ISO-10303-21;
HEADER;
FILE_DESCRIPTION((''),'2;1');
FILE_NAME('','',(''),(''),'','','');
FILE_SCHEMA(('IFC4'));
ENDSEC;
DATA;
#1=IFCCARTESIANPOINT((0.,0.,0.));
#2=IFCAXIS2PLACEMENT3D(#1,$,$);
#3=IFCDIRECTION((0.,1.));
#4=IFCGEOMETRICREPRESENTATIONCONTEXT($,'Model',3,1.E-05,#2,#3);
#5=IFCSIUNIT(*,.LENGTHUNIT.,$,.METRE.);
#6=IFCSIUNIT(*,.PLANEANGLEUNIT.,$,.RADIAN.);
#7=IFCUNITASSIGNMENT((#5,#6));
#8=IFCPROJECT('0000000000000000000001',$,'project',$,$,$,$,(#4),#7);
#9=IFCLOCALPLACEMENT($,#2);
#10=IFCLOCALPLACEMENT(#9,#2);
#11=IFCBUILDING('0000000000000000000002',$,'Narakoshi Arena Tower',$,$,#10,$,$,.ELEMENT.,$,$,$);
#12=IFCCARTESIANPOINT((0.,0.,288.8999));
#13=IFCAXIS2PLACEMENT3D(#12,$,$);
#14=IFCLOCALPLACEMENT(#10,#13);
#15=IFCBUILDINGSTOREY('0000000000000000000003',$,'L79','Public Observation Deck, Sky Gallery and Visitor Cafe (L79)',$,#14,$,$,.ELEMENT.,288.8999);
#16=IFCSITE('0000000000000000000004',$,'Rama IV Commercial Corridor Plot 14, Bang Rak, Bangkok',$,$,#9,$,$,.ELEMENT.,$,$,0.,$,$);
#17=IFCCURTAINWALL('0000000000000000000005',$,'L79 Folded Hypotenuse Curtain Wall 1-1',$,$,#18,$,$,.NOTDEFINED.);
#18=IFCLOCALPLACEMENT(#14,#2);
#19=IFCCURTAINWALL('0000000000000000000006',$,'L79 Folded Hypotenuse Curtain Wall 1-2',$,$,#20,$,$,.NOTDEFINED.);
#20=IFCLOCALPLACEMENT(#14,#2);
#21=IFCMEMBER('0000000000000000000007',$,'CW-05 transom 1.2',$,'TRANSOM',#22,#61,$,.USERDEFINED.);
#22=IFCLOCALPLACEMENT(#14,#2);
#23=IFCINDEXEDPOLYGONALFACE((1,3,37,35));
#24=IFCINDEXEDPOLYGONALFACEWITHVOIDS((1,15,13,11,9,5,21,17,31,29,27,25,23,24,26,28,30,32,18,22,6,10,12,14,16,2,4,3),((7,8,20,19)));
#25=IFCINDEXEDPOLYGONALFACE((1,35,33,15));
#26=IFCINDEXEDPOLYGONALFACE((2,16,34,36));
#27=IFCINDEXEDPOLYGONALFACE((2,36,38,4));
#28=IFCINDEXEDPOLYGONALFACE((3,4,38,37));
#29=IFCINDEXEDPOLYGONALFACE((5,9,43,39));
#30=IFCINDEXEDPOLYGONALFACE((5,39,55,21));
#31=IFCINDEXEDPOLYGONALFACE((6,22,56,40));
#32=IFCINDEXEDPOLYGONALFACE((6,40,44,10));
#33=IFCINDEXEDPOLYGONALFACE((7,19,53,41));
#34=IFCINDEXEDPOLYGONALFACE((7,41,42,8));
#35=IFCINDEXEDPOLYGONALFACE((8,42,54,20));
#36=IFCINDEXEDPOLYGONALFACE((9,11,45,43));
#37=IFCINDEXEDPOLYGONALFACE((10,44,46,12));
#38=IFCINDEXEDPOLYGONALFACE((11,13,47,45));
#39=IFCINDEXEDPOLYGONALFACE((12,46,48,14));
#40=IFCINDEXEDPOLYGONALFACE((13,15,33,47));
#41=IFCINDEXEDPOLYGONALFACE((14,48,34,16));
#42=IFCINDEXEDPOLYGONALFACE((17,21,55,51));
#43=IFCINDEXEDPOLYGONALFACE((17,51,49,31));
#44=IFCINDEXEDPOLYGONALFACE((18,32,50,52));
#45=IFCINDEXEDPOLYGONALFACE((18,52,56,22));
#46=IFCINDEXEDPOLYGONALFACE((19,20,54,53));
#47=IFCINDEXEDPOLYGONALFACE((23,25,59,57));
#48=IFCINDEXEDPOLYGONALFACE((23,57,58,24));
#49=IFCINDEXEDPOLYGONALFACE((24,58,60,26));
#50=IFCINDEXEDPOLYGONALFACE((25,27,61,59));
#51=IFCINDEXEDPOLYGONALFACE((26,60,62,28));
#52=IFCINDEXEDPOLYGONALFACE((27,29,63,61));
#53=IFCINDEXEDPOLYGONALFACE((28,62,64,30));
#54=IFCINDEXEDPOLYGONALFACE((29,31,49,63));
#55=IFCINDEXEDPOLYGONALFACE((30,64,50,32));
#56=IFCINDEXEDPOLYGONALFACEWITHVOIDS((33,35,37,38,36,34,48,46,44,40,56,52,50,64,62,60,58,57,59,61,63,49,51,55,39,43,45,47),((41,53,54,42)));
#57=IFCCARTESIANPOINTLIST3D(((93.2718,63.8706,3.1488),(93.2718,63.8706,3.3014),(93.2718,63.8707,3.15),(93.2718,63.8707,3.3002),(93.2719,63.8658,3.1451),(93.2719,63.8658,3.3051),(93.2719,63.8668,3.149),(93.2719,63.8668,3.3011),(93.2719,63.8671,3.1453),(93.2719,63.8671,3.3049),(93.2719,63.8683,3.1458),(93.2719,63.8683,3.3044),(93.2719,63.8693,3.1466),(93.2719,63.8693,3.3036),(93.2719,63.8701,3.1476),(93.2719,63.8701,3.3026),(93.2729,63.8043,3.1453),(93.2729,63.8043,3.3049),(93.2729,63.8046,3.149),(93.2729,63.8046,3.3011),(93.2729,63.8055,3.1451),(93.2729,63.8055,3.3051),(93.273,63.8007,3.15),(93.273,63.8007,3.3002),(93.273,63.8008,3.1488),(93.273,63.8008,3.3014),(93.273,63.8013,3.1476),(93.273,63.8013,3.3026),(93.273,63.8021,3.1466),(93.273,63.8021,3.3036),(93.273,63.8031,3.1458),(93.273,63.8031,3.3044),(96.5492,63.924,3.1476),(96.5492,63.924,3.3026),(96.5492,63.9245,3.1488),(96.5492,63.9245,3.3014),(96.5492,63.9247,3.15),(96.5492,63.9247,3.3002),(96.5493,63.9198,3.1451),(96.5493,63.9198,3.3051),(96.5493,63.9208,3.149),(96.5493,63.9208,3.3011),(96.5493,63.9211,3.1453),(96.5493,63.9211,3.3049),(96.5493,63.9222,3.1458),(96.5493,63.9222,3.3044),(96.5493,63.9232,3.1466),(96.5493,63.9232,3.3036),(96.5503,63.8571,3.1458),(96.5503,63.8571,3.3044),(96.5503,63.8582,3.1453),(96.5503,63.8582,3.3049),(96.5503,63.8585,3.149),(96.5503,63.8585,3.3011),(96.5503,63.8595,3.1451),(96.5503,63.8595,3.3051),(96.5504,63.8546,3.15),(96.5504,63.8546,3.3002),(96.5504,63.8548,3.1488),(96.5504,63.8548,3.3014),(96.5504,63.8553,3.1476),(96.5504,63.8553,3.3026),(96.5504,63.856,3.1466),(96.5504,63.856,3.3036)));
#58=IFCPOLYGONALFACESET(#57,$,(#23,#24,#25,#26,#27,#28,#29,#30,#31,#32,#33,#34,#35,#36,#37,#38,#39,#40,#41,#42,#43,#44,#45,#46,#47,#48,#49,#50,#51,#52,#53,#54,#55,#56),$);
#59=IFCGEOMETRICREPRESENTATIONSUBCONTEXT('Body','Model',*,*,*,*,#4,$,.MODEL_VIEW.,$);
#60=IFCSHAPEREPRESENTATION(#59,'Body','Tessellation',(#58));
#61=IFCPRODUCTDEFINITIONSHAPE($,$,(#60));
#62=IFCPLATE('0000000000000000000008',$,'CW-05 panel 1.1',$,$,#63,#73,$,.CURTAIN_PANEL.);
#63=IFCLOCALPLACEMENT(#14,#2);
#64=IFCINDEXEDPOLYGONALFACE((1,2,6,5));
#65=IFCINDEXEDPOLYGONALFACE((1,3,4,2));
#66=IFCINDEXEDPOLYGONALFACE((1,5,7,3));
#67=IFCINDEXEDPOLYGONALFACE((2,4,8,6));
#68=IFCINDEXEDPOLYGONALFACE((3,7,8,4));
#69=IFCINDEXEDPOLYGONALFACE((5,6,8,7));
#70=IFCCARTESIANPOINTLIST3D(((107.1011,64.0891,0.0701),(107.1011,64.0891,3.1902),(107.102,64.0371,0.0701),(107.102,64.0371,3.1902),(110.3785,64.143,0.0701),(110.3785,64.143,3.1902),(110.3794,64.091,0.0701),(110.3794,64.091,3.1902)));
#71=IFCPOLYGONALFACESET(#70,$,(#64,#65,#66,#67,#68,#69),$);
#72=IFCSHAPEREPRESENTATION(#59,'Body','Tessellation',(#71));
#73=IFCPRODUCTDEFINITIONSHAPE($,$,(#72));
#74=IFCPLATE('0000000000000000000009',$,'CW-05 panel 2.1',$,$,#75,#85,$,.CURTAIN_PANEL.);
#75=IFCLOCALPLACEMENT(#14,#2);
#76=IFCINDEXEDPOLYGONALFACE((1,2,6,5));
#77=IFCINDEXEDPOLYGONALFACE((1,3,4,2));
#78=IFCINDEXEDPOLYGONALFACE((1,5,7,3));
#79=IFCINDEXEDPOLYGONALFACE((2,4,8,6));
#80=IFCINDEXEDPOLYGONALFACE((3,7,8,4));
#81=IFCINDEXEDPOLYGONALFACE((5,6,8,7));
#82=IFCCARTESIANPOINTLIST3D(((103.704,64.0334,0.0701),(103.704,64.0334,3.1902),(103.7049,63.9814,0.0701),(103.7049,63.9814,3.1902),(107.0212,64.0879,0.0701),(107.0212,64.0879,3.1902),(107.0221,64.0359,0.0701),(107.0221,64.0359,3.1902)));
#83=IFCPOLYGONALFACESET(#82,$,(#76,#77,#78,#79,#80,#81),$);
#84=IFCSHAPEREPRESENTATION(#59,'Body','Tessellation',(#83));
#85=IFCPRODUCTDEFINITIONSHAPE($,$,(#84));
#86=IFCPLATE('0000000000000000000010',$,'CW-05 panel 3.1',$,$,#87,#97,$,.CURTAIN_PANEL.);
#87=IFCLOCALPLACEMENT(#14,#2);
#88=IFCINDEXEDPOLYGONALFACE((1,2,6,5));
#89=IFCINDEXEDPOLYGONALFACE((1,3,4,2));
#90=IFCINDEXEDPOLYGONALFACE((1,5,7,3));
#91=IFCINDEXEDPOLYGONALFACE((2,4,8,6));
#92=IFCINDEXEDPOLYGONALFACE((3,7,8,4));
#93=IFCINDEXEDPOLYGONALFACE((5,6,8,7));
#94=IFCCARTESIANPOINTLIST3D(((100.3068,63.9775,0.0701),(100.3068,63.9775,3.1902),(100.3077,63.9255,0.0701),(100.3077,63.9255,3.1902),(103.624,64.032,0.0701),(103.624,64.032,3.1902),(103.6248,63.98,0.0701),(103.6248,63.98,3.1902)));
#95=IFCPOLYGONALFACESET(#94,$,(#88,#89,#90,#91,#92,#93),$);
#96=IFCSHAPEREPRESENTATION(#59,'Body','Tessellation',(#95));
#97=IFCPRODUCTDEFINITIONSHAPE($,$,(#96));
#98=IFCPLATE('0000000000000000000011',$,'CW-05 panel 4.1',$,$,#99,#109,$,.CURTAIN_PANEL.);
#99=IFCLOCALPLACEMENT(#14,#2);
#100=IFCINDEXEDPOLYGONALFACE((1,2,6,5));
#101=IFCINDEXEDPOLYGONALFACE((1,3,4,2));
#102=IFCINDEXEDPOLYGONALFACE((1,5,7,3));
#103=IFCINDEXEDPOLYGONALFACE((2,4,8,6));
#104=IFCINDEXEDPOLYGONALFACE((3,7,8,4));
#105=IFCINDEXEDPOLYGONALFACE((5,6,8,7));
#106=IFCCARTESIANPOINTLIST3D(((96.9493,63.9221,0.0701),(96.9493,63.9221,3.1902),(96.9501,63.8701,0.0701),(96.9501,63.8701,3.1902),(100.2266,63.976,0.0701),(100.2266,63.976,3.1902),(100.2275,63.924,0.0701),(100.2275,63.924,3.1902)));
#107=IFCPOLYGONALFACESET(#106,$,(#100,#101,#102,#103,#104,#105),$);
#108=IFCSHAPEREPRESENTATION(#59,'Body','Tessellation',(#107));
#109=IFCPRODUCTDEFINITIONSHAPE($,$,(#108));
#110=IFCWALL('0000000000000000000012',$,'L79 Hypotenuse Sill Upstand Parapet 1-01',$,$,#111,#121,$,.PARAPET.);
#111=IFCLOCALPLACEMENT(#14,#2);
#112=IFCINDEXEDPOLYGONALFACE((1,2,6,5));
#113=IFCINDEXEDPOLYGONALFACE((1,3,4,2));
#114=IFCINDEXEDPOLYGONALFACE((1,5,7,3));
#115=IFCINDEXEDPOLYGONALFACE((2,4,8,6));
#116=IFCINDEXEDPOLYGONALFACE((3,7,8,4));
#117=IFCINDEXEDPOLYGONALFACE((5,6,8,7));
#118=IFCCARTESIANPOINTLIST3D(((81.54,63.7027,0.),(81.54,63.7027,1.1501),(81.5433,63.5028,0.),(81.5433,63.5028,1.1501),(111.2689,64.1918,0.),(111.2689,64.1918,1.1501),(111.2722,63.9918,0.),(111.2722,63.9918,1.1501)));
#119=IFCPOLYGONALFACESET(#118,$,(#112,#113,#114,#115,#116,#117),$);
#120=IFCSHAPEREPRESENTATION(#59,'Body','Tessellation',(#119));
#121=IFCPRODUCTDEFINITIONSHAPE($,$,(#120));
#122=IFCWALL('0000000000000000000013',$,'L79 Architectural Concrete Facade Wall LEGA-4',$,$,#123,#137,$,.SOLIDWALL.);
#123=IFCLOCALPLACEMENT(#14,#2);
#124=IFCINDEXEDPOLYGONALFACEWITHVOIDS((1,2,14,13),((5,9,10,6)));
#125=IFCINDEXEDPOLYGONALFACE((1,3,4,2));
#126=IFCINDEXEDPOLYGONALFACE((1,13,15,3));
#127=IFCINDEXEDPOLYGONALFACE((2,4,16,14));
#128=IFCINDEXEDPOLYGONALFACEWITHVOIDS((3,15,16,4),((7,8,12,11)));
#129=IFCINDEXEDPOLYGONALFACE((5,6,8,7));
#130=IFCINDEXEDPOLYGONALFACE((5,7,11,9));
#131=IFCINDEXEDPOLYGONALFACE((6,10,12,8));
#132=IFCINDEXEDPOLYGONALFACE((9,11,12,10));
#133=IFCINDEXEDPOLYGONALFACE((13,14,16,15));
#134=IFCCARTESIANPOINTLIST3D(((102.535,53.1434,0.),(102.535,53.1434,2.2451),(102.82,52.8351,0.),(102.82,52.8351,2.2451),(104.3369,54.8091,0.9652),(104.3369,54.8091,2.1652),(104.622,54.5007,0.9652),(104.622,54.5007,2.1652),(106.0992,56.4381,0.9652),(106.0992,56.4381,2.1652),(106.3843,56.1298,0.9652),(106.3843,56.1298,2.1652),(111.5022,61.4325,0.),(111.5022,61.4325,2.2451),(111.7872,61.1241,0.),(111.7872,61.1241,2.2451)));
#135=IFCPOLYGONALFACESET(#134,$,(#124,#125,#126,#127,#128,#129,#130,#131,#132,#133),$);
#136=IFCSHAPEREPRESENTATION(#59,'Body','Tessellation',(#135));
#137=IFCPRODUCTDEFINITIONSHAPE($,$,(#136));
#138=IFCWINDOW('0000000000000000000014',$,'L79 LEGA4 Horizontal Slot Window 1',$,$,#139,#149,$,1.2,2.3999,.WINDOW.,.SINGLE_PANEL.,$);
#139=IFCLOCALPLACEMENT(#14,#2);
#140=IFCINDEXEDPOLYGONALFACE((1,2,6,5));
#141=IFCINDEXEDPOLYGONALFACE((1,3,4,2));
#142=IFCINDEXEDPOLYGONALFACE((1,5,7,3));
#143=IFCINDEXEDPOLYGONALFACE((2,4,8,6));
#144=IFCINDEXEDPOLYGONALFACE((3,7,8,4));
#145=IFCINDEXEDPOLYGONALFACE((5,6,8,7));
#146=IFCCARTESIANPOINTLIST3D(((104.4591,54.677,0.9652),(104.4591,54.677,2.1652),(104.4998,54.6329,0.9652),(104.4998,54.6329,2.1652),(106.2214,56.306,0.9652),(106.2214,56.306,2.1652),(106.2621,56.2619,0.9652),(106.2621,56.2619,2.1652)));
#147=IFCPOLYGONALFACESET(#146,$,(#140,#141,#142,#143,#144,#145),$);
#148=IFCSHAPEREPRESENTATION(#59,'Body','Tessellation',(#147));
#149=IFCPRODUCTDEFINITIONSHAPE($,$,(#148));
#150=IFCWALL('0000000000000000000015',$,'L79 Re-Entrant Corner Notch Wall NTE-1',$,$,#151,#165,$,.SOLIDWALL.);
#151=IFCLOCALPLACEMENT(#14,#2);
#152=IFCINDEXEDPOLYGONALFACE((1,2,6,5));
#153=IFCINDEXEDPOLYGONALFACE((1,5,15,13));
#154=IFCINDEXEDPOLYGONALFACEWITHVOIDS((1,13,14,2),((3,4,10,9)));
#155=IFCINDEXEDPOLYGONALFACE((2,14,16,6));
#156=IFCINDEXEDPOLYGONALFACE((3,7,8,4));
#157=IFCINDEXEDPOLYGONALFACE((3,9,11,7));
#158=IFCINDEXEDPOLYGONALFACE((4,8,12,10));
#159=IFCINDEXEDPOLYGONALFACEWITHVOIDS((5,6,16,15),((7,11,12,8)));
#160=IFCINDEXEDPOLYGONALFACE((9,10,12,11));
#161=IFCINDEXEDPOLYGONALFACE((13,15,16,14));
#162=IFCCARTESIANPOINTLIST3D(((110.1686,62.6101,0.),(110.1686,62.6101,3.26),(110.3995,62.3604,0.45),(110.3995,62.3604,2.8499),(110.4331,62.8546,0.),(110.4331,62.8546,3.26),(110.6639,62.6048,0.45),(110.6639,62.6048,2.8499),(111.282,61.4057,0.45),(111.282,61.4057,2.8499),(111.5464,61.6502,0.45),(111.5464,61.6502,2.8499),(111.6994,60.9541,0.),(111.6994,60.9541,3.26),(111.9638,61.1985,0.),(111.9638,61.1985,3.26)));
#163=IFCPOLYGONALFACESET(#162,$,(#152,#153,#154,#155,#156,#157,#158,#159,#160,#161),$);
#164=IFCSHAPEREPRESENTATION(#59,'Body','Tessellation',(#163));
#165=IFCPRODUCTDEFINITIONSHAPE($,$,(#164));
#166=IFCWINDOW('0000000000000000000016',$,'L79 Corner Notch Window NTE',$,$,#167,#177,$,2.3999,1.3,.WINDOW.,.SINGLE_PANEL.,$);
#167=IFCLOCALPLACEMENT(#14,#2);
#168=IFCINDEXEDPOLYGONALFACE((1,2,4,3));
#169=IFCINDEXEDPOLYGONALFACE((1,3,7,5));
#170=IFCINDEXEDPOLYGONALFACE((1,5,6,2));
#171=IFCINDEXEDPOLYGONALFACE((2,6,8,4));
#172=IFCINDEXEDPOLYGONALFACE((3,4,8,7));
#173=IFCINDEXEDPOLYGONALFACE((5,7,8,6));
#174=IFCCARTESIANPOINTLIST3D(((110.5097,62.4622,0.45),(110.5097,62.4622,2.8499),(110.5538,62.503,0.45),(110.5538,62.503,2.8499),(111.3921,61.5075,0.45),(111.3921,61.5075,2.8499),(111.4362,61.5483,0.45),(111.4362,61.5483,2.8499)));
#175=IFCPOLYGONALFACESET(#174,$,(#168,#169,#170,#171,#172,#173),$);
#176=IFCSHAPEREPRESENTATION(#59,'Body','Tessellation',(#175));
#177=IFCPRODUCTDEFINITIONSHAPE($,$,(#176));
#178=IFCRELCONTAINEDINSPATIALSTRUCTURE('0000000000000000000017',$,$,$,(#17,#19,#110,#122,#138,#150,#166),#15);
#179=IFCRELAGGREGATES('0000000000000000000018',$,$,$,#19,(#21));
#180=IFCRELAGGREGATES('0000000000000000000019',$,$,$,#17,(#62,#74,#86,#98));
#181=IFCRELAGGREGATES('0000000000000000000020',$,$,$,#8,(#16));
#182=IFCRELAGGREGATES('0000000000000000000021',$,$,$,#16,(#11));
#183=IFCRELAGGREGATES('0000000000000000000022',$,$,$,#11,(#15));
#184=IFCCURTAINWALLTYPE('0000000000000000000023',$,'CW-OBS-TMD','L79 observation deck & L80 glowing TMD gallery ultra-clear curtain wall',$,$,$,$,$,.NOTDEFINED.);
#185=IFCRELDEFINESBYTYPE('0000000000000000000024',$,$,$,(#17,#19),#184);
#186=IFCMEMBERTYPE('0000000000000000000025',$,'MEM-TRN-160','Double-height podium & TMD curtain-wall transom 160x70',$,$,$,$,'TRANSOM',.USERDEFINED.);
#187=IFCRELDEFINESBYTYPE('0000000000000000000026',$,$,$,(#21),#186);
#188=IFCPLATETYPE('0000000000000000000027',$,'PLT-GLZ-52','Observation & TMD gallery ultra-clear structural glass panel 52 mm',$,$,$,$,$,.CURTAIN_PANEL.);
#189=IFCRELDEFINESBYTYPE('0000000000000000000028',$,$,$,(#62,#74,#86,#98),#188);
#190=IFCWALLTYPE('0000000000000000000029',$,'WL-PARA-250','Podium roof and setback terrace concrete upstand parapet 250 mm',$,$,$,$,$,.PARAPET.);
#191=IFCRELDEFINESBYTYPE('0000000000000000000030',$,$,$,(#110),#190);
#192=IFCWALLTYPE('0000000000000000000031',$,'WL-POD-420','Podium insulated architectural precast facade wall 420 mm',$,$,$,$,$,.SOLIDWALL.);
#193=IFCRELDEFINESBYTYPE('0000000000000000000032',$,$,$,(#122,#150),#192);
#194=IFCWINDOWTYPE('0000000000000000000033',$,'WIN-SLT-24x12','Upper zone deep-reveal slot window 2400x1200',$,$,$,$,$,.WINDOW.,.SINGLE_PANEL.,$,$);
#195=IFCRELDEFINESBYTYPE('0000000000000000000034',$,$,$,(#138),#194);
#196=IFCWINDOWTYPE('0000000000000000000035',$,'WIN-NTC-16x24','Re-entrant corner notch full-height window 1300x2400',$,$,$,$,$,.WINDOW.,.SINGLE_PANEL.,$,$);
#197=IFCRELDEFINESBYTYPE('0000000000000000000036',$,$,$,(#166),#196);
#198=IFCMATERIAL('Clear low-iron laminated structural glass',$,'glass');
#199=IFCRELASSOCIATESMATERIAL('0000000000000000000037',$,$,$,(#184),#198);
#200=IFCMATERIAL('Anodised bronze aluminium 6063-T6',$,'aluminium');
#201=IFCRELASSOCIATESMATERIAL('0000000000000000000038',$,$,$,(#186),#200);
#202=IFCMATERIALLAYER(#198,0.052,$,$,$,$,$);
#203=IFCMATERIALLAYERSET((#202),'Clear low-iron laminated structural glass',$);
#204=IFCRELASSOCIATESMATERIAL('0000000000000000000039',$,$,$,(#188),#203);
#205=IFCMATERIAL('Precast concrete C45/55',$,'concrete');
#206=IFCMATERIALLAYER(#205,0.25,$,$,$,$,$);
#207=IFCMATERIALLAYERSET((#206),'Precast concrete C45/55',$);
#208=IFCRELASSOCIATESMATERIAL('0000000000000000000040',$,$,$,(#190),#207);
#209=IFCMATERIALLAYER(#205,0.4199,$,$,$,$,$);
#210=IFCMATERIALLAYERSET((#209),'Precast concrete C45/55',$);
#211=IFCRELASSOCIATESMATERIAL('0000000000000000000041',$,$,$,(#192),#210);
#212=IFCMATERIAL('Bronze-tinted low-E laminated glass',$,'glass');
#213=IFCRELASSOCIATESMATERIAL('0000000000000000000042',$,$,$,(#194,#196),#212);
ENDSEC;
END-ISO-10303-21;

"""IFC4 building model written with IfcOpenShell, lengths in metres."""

from ifc_helpers import new_model, si_unit, direction, frame, frame_2d, origin, origin_2d, place, context, subcontext, project, spatial, rectangle, hollow_rectangle, extrude, material, layer, layer_set, material_profile, profile_set, type_object, element, fill, aggregate, save


model = new_model("IFC4")

# Units and contexts
model_context = context("Model", 3, precision=1e-05, world=origin(), true_north=direction((0.0, 1.0)))
body_context = subcontext(model_context, "Body", "Model", "MODEL_VIEW")
ifc_project = project(units=[si_unit("LENGTHUNIT", "METRE"), si_unit("PLANEANGLEUNIT", "RADIAN")], contexts=[model_context])

# Site, building, storey
site_placement = place(None, origin())
site = spatial("IfcSite", under=ifc_project, at=site_placement, Name="Rama IV Commercial Corridor Plot 14, Bang Rak, Bangkok", CompositionType="ELEMENT", RefElevation=0.0)
building_placement = place(site_placement, origin())
building = spatial("IfcBuilding", under=site, at=building_placement, Name="Narakoshi Arena Tower", CompositionType="ELEMENT")
storey_placement = place(building_placement, frame((0.0, 0.0, 288.8999)))
storey = spatial("IfcBuildingStorey", under=building, at=storey_placement, Name="L79", Description="Public Observation Deck, Sky Gallery and Visitor Cafe (L79)", CompositionType="ELEMENT", Elevation=288.8999)

# Curtain wall
ifc_material_1 = material(Name="Clear low-iron laminated structural glass", Category="glass")
curtain_wall_type = type_object("IfcCurtainWallType", Name="CW-OBS-TMD", Description="L79 observation deck & L80 glowing TMD gallery ultra-clear curtain wall", PredefinedType="NOTDEFINED", material=ifc_material_1)
curtain_wall_1_placement = place(storey_placement, origin())
curtain_wall_1 = element("IfcCurtainWall", 1, at=curtain_wall_1_placement, inside=storey, type_object=curtain_wall_type, Name="L79 Folded Hypotenuse Curtain Wall 1-1", PredefinedType="NOTDEFINED")
ifc_material_2 = material(Name="Anodised bronze aluminium 6063-T6", Category="aluminium")

# Curtain wall
curtain_wall_2_placement = place(storey_placement, origin())
curtain_wall_2 = element("IfcCurtainWall", 2, at=curtain_wall_2_placement, inside=storey, type_object=curtain_wall_type, Name="L79 Folded Hypotenuse Curtain Wall 1-2", PredefinedType="NOTDEFINED")

# Member
ifc_material_profile_1 = material_profile(ifc_material_2, hollow_rectangle(XDim=0.0701, YDim=0.1599, WallThickness=0.0039, OuterFilletRadius=0.0049, at=origin_2d()), Name="TRN160x70x4")
ifc_profile_set_1 = profile_set([ifc_material_profile_1], Name="Anodised bronze aluminium 6063-T6")
member_type_1 = type_object("IfcMemberType", Name="MEM-TRN-160", Description="Double-height podium & TMD curtain-wall transom 160x70", ElementType="TRANSOM", PredefinedType="USERDEFINED", material=ifc_profile_set_1)
member_1_placement = place(storey_placement, frame((96.5498, 63.8896, 3.2251), z_axis=(-0.999865, -0.016461, 0.0), x_axis=(0.016461, -0.999865, 0.0)))
member_1 = element("IfcMember", 3, at=member_1_placement, type_object=member_type_1, Name="CW-05 transom 1.2", ObjectType="TRANSOM", PredefinedType="USERDEFINED", context=body_context, shape_type="SweptSolid", body=[
    extrude(hollow_rectangle(XDim=0.0701, YDim=0.1599, WallThickness=0.0039, OuterFilletRadius=0.0049, at=origin_2d()), origin(), (0.0, 0.0, 1.0), 3.2778),
])
aggregate(curtain_wall_2, [member_1])

# Plates
ifc_layer_1 = layer(ifc_material_1, 0.052)
ifc_layer_set_1 = layer_set([ifc_layer_1], Name="Clear low-iron laminated structural glass")
plate_type = type_object("IfcPlateType", Name="PLT-GLZ-52", Description="Observation & TMD gallery ultra-clear structural glass panel 52 mm", PredefinedType="CURTAIN_PANEL", material=ifc_layer_set_1)
plate_1_placement = place(storey_placement, frame((108.7402, 64.0901, 0.0701), z_axis=(0.0, 0.0, 1.0), x_axis=(-0.999865, -0.016445, 0.0)))
plate_1 = element("IfcPlate", 4, at=plate_1_placement, type_object=plate_type, Name="CW-05 panel 1.1", PredefinedType="CURTAIN_PANEL", context=body_context, shape_type="SweptSolid", body=[
    extrude(rectangle(XDim=3.2778, YDim=0.052, at=origin_2d()), origin(), (0.0, 0.0, 1.0), 3.1201),
])
plate_2_placement = place(storey_placement, frame((105.363, 64.0347, 0.0701), z_axis=(0.0, 0.0, 1.0), x_axis=(-0.999865, -0.016445, 0.0)))
plate_2 = element("IfcPlate", 5, at=plate_2_placement, type_object=plate_type, Name="CW-05 panel 2.1", PredefinedType="CURTAIN_PANEL", context=body_context, shape_type="SweptSolid", body=[
    extrude(rectangle(XDim=3.3176, YDim=0.052, at=origin_2d()), origin(), (0.0, 0.0, 1.0), 3.1201),
])
plate_3_placement = place(storey_placement, frame((101.9658, 63.9788, 0.0701), z_axis=(0.0, 0.0, 1.0), x_axis=(-0.999865, -0.016445, 0.0)))
plate_3 = element("IfcPlate", 6, at=plate_3_placement, type_object=plate_type, Name="CW-05 panel 3.1", PredefinedType="CURTAIN_PANEL", context=body_context, shape_type="SweptSolid", body=[
    extrude(rectangle(XDim=3.3176, YDim=0.052, at=origin_2d()), origin(), (0.0, 0.0, 1.0), 3.1201),
])
plate_4_placement = place(storey_placement, frame((98.5884, 63.9231, 0.0701), z_axis=(0.0, 0.0, 1.0), x_axis=(-0.999865, -0.016445, 0.0)))
plate_4 = element("IfcPlate", 7, at=plate_4_placement, type_object=plate_type, Name="CW-05 panel 4.1", PredefinedType="CURTAIN_PANEL", context=body_context, shape_type="SweptSolid", body=[
    extrude(rectangle(XDim=3.2778, YDim=0.052, at=origin_2d()), origin(), (0.0, 0.0, 1.0), 3.1201),
])
aggregate(curtain_wall_1, [plate_1, plate_2, plate_3, plate_4])

# Wall
ifc_material_3 = material(Name="Precast concrete C45/55", Category="concrete")
ifc_layer_2 = layer(ifc_material_3, 0.25)
ifc_layer_set_2 = layer_set([ifc_layer_2], Name="Precast concrete C45/55")
wall_type_1 = type_object("IfcWallType", Name="WL-PARA-250", Description="Podium roof and setback terrace concrete upstand parapet 250 mm", PredefinedType="PARAPET", material=ifc_layer_set_2)
wall_1_placement = place(storey_placement, frame((111.2705, 64.0918, 0.0), z_axis=(0.0, 0.0, 1.0), x_axis=(-0.999865, -0.016447, 0.0)))
element("IfcWall", 8, at=wall_1_placement, inside=storey, type_object=wall_type_1, Name="L79 Hypotenuse Sill Upstand Parapet 1-01", PredefinedType="PARAPET", context=body_context, shape_type="SweptSolid", body=[
    extrude(rectangle(XDim=29.7329, YDim=0.2, at=frame_2d((14.8665, 0.0))), origin(), (0.0, 0.0, 1.0), 1.1501),
])

# Walls, openings, windows
ifc_layer_3 = layer(ifc_material_3, 0.4199)
ifc_layer_set_3 = layer_set([ifc_layer_3], Name="Precast concrete C45/55")
wall_type_2 = type_object("IfcWallType", Name="WL-POD-420", Description="Podium insulated architectural precast facade wall 420 mm", PredefinedType="SOLIDWALL", material=ifc_layer_set_3)
wall_2_placement = place(storey_placement, frame((102.6775, 52.9893, 0.0), z_axis=(0.0, 0.0, 1.0), x_axis=(0.734331, 0.678791, 0.0)))
wall_2 = element("IfcWall", 9, at=wall_2_placement, inside=storey, type_object=wall_type_2, Name="L79 Architectural Concrete Facade Wall LEGA-4", PredefinedType="SOLIDWALL", context=body_context, shape_type="SweptSolid", body=[
    extrude(rectangle(XDim=12.2114, YDim=0.4199, at=frame_2d((6.1057, 0.0))), origin(), (0.0, 0.0, 1.0), 2.2451),
])
opening_1_placement = place(wall_2_placement, frame((2.4539, 0.0, 0.9651)))
opening_1 = element("IfcOpeningElement", 10, at=opening_1_placement, cuts=wall_2, PredefinedType="OPENING", context=body_context, shape_type="SweptSolid", body=[
    extrude(rectangle(XDim=2.3999, YDim=1.2, at=frame_2d((1.2, 0.6001))), frame((0.0, 0.22, 0.0), z_axis=(0.0, -1.0, 0.0), x_axis=(1.0, 0.0, 0.0)), (0.0, 0.0, 1.0), 0.4399),
])
ifc_material_4 = material(Name="Bronze-tinted low-E laminated glass", Category="glass")
window_type_1 = type_object("IfcWindowType", Name="WIN-SLT-24x12", Description="Upper zone deep-reveal slot window 2400x1200", PartitioningType="SINGLE_PANEL", PredefinedType="WINDOW", material=ifc_material_4)
window_1_placement = place(opening_1_placement, origin())
window_1 = element("IfcWindow", 11, at=window_1_placement, inside=storey, type_object=window_type_1, Name="L79 LEGA4 Horizontal Slot Window 1", OverallHeight=1.2, OverallWidth=2.3999, PartitioningType="SINGLE_PANEL", PredefinedType="WINDOW", context=body_context, shape_type="SweptSolid", body=[
    extrude(rectangle(XDim=2.3999, YDim=1.2, at=frame_2d((1.2, 0.6001))), frame((0.0, 0.03, 0.0), z_axis=(0.0, -1.0, 0.0), x_axis=(1.0, 0.0, 0.0)), (0.0, 0.0, 1.0), 0.0601),
])
fill(opening_1, window_1)
wall_3_placement = place(storey_placement, frame((111.8315, 61.0764, 0.0), z_axis=(0.0, 0.0, 1.0), x_axis=(-0.678793, 0.73433, 0.0)))
wall_3 = element("IfcWall", 12, at=wall_3_placement, inside=storey, type_object=wall_type_2, Name="L79 Re-Entrant Corner Notch Wall NTE-1", PredefinedType="SOLIDWALL", context=body_context, shape_type="SweptSolid", body=[
    extrude(rectangle(XDim=2.2551, YDim=0.3601, at=frame_2d((1.1274, 0.0))), origin(), (0.0, 0.0, 1.0), 3.26),
])
opening_2_placement = place(wall_3_placement, frame((0.615, 0.0, 0.45)))
opening_2 = element("IfcOpeningElement", 13, at=opening_2_placement, cuts=wall_3, PredefinedType="OPENING", context=body_context, shape_type="SweptSolid", body=[
    extrude(rectangle(XDim=1.3, YDim=2.3999, at=frame_2d((0.6499, 1.2))), frame((0.0, 0.1899, 0.0), z_axis=(0.0, -1.0, 0.0), x_axis=(1.0, 0.0, 0.0)), (0.0, 0.0, 1.0), 0.3801),
])
window_type_2 = type_object("IfcWindowType", Name="WIN-NTC-16x24", Description="Re-entrant corner notch full-height window 1300x2400", PartitioningType="SINGLE_PANEL", PredefinedType="WINDOW", material=ifc_material_4)
window_2_placement = place(opening_2_placement, origin())
window_2 = element("IfcWindow", 14, at=window_2_placement, inside=storey, type_object=window_type_2, Name="L79 Corner Notch Window NTE", OverallHeight=2.3999, OverallWidth=1.3, PartitioningType="SINGLE_PANEL", PredefinedType="WINDOW", context=body_context, shape_type="SweptSolid", body=[
    extrude(rectangle(XDim=1.3, YDim=2.3999, at=frame_2d((0.6499, 1.2))), frame((0.0, 0.03, 0.0), z_axis=(0.0, -1.0, 0.0), x_axis=(1.0, 0.0, 0.0)), (0.0, 0.0, 1.0), 0.0601),
])
fill(opening_2, window_2)

save(model, "model.ifc")
